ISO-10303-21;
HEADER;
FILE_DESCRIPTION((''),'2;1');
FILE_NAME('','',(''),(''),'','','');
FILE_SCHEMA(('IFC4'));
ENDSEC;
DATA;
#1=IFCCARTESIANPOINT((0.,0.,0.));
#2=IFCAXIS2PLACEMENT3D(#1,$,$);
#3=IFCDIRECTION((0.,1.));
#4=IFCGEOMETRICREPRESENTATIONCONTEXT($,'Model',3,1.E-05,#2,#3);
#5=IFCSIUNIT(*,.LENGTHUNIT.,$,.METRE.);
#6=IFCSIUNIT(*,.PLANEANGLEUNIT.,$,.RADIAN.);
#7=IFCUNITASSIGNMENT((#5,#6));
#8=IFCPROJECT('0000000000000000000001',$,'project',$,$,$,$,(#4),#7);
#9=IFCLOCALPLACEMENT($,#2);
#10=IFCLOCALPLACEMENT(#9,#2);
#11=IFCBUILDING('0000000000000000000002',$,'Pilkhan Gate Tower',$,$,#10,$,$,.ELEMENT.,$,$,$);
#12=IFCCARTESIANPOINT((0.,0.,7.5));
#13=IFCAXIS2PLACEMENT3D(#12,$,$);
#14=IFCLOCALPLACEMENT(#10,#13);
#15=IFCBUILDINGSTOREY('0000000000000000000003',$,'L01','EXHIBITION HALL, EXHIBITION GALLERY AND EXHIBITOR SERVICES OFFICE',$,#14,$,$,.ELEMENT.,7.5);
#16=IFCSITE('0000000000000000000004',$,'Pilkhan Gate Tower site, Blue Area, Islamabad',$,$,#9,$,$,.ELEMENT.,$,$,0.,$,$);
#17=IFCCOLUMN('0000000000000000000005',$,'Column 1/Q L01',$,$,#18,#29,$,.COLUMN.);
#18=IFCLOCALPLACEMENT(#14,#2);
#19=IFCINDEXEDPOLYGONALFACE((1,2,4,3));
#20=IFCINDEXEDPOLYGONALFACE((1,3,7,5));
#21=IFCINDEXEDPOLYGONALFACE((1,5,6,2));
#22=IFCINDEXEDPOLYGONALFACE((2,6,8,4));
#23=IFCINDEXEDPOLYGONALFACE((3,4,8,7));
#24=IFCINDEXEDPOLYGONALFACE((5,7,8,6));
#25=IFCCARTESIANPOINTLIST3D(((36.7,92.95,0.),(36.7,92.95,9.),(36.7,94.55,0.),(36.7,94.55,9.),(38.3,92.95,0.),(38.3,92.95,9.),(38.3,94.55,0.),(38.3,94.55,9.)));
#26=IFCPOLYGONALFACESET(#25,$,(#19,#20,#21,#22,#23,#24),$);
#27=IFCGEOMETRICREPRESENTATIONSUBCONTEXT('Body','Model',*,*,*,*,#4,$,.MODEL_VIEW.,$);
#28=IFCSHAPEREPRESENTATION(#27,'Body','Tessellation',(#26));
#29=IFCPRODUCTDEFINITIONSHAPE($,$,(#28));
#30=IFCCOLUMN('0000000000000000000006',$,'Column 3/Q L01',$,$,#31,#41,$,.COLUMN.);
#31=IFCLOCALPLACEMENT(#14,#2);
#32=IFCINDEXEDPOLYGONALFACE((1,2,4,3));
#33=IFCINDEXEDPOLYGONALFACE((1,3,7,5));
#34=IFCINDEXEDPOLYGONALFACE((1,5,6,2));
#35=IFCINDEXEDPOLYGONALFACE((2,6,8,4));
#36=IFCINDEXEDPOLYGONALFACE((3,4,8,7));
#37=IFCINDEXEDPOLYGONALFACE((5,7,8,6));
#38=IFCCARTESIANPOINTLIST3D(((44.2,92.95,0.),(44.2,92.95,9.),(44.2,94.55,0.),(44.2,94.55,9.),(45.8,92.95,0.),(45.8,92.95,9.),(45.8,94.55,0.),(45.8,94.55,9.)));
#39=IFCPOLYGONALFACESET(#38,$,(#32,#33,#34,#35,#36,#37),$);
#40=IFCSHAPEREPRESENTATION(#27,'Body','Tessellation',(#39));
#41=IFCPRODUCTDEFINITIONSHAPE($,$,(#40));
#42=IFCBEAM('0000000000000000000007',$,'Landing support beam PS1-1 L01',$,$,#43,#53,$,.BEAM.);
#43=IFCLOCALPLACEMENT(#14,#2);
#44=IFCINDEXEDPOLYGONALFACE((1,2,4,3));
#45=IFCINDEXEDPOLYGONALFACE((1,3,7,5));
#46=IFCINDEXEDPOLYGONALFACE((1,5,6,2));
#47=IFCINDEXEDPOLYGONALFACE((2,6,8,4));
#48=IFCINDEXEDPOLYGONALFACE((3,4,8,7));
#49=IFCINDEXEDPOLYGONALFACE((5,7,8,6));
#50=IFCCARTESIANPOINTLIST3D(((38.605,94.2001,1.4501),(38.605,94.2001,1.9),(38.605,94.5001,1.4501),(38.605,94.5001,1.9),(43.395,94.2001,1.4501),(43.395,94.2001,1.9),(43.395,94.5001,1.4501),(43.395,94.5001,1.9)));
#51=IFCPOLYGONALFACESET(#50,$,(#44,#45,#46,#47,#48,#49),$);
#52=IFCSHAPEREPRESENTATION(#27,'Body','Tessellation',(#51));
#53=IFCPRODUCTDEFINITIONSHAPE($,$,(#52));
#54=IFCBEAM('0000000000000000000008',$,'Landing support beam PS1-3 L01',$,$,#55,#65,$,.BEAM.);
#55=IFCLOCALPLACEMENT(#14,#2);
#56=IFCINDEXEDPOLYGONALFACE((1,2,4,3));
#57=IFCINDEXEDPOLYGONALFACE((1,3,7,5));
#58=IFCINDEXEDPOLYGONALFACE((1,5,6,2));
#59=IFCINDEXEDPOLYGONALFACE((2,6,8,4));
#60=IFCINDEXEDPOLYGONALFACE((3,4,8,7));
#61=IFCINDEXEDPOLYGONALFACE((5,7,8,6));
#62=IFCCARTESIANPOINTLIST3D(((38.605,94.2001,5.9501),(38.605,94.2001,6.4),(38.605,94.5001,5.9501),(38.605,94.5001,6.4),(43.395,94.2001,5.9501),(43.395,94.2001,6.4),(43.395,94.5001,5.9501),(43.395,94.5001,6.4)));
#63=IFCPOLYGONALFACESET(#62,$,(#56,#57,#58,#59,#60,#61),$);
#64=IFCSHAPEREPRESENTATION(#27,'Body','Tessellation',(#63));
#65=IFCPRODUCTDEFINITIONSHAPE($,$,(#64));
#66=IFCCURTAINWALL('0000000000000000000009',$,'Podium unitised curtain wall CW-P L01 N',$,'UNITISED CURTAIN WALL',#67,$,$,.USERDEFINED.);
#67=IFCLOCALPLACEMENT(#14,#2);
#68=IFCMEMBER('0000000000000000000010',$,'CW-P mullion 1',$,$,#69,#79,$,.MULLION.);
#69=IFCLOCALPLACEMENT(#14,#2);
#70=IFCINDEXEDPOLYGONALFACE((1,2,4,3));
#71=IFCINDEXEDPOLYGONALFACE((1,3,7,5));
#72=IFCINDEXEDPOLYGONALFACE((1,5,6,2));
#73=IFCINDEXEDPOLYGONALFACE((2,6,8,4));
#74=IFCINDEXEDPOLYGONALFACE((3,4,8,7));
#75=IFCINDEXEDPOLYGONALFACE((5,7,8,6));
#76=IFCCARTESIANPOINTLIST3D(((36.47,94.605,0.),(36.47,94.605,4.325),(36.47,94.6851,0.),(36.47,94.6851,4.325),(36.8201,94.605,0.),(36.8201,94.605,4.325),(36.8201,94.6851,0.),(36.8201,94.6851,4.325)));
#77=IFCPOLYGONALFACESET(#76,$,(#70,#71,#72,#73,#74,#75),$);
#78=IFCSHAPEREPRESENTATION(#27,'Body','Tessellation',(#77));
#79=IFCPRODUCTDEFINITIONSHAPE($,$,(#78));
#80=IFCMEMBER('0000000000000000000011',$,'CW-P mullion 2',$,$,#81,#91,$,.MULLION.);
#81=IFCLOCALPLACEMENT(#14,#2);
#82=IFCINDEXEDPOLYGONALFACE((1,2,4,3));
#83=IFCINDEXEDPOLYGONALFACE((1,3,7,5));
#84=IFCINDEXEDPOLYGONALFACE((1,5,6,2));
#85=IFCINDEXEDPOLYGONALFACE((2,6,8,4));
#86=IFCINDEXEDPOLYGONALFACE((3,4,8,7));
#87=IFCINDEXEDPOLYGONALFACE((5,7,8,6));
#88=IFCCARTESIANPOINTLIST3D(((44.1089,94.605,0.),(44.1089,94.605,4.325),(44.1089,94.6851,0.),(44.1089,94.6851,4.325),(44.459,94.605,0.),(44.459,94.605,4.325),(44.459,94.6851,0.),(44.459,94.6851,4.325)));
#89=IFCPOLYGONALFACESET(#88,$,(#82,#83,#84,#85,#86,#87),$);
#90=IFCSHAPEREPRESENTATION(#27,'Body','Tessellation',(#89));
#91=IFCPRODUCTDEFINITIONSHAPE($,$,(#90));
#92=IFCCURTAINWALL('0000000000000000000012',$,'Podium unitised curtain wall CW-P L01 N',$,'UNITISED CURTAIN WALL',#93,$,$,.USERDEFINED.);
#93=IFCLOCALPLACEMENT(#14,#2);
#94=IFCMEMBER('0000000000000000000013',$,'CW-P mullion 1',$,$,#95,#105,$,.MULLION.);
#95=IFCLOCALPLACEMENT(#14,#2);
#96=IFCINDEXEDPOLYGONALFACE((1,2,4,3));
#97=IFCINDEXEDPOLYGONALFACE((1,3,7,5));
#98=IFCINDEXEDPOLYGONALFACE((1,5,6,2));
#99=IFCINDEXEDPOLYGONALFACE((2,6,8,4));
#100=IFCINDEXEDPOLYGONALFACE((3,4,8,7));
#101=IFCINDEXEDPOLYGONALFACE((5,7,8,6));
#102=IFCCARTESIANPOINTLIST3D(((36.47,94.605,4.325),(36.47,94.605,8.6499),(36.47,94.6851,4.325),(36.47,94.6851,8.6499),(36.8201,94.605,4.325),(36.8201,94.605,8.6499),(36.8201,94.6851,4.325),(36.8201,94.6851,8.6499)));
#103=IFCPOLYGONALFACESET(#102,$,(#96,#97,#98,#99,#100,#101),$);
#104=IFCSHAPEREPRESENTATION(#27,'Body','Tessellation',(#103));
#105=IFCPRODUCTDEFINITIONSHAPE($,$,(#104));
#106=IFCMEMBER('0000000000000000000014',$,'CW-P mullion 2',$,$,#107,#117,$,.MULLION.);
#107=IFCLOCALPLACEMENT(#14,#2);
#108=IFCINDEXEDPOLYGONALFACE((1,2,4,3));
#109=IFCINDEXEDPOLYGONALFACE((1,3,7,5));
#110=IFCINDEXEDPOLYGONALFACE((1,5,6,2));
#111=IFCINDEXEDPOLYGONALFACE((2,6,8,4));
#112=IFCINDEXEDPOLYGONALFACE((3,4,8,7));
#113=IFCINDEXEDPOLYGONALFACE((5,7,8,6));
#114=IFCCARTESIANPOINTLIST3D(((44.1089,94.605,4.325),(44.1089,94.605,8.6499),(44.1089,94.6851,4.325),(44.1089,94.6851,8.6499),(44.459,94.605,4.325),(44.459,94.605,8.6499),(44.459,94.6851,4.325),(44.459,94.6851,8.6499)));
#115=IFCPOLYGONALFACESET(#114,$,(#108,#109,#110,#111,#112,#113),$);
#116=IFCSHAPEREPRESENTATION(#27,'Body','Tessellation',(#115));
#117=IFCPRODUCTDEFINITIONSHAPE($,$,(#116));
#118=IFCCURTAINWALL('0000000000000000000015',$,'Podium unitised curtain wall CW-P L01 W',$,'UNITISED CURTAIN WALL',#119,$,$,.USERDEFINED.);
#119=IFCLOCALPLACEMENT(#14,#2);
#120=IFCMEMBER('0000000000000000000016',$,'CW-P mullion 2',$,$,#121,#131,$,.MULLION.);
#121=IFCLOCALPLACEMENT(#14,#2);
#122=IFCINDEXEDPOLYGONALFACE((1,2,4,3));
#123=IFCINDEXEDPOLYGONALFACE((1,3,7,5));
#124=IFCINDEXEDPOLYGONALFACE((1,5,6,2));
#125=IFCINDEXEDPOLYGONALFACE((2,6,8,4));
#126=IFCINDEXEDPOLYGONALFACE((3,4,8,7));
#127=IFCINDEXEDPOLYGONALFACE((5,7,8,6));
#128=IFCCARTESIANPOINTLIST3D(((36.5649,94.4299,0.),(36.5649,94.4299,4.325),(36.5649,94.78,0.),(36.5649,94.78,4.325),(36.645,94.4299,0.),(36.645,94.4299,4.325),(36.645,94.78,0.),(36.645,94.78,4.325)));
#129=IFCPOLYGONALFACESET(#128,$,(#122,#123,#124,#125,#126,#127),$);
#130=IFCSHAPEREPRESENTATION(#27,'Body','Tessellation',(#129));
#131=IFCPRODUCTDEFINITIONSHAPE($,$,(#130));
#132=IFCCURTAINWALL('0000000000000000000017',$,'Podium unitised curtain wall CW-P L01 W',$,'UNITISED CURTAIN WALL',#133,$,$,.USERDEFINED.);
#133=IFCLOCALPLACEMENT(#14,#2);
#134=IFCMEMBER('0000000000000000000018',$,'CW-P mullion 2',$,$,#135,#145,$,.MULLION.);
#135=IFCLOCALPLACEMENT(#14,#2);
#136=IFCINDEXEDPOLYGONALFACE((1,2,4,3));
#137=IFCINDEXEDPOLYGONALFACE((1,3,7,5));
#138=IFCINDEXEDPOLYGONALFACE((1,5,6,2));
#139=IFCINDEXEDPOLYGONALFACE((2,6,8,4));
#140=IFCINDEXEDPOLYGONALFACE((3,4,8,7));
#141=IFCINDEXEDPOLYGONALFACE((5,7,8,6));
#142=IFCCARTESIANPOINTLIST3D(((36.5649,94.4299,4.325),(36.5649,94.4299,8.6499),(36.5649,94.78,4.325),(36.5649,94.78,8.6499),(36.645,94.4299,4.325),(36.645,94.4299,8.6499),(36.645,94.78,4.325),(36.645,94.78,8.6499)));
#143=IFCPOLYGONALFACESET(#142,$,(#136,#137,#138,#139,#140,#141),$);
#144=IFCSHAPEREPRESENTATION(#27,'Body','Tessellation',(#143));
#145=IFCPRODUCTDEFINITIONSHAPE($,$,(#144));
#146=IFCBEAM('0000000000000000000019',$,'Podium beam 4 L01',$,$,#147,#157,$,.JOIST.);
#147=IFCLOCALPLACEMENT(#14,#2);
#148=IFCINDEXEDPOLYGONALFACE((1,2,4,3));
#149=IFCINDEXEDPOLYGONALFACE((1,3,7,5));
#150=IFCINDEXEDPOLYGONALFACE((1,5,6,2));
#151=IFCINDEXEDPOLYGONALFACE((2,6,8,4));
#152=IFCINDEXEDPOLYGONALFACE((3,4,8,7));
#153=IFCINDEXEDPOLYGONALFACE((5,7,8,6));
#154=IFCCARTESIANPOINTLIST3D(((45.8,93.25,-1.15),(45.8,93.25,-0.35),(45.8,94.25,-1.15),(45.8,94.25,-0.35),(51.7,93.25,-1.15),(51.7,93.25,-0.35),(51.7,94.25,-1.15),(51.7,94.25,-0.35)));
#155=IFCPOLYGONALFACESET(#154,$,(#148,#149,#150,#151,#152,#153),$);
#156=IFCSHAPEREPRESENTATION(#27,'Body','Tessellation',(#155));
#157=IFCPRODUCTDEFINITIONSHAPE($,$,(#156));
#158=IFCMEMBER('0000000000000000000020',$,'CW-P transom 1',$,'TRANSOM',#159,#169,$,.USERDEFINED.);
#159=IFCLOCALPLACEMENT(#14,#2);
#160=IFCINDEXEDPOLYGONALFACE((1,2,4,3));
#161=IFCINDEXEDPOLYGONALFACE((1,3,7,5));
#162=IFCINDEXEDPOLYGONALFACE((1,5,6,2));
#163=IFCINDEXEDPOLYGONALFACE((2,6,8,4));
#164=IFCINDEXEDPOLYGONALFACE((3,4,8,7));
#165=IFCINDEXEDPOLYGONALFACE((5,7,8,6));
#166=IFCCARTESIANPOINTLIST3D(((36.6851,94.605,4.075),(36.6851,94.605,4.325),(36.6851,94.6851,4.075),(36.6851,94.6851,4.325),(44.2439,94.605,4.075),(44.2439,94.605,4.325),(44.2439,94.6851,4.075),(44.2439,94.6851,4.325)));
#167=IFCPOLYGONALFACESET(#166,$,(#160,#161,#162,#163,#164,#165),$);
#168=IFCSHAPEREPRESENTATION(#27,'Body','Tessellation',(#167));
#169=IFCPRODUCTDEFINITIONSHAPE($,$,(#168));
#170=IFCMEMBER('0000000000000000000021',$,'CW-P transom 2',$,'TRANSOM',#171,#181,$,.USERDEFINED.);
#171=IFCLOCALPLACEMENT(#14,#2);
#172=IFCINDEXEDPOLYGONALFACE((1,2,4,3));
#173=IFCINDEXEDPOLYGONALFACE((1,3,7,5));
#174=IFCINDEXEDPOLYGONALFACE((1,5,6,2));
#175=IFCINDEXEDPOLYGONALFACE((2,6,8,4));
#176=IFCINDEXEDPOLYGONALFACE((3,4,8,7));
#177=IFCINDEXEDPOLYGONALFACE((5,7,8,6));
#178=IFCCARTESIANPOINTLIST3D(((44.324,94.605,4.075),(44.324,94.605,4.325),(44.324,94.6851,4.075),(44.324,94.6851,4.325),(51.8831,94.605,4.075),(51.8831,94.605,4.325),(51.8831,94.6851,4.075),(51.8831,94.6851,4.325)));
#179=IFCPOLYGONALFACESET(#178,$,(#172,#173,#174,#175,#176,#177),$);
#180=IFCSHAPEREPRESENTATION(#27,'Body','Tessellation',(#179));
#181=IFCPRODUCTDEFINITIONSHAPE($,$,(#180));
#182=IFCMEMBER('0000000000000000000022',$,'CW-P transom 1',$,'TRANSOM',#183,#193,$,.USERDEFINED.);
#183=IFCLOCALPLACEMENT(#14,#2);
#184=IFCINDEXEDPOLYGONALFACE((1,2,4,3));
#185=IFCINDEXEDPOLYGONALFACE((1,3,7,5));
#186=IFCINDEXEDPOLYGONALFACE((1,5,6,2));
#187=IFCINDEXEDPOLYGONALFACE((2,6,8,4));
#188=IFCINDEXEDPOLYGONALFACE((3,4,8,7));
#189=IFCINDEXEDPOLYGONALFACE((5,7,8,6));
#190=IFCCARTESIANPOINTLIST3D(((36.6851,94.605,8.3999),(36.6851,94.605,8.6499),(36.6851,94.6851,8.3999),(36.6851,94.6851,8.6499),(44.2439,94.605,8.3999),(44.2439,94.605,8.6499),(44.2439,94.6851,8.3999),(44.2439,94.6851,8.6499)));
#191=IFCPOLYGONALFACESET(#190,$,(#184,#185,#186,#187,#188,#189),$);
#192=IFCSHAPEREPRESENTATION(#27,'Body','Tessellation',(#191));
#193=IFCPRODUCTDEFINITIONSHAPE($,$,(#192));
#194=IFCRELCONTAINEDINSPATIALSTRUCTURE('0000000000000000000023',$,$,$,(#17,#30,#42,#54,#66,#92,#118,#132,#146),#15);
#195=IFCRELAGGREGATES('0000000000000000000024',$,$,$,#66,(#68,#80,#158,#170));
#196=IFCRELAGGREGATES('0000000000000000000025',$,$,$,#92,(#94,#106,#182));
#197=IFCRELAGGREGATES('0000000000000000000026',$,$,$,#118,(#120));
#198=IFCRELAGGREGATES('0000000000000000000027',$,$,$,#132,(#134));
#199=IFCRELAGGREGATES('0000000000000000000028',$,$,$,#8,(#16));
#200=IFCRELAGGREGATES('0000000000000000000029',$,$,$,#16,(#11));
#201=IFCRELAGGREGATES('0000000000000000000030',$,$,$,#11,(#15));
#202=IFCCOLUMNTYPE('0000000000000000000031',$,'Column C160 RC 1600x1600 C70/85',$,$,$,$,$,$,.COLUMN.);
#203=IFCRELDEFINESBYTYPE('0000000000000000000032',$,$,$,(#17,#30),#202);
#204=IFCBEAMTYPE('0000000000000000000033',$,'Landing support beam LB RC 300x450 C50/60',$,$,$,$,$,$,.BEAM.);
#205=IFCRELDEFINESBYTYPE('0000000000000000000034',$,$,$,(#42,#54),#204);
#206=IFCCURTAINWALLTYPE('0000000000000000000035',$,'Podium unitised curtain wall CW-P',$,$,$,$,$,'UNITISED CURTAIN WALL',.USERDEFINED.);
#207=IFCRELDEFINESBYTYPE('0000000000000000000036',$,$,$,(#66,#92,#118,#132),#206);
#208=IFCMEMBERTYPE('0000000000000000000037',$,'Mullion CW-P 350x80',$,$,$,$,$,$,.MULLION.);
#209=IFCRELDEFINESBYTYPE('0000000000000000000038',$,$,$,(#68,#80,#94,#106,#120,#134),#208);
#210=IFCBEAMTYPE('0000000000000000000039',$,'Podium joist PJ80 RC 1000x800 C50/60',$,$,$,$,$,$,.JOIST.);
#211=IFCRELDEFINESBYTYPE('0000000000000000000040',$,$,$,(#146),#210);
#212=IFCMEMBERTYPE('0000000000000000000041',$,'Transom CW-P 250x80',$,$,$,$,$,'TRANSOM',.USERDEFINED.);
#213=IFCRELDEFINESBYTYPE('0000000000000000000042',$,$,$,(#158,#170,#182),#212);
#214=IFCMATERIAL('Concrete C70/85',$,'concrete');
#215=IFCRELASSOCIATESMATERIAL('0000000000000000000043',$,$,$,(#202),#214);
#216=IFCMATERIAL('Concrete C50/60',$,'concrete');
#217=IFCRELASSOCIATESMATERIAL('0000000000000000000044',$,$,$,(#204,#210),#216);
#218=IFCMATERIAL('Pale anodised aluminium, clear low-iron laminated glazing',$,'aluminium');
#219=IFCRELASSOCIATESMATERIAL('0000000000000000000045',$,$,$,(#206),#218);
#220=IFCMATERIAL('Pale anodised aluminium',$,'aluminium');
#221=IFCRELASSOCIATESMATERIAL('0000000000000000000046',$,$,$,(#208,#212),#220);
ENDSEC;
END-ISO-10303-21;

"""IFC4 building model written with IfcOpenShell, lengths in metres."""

from ifc_helpers import new_model, si_unit, direction, frame, origin, origin_2d, place, context, subcontext, project, spatial, rectangle, extrude, material, material_profile, profile_set, type_object, element, aggregate, save


model = new_model("IFC4")

# Units and contexts
model_context = context("Model", 3, precision=1e-05, world=origin(), true_north=direction((0.0, 1.0)))
body_context = subcontext(model_context, "Body", "Model", "MODEL_VIEW")
ifc_project = project(units=[si_unit("LENGTHUNIT", "METRE"), si_unit("PLANEANGLEUNIT", "RADIAN")], contexts=[model_context])

# Site, building, storey
site_placement = place(None, origin())
site = spatial("IfcSite", under=ifc_project, at=site_placement, Name="Pilkhan Gate Tower site, Blue Area, Islamabad", CompositionType="ELEMENT", RefElevation=0.0)
building_placement = place(site_placement, origin())
building = spatial("IfcBuilding", under=site, at=building_placement, Name="Pilkhan Gate Tower", CompositionType="ELEMENT")
storey_placement = place(building_placement, frame((0.0, 0.0, 7.5)))
storey = spatial("IfcBuildingStorey", under=building, at=storey_placement, Name="L01", Description="EXHIBITION HALL, EXHIBITION GALLERY AND EXHIBITOR SERVICES OFFICE", CompositionType="ELEMENT", Elevation=7.5)

# Columns
ifc_material_1 = material(Name="Concrete C70/85", Category="concrete")
ifc_material_profile_1 = material_profile(ifc_material_1, rectangle(XDim=1.6001, YDim=1.6001, at=origin_2d()), Name="RC 1600x1600")
ifc_profile_set_1 = profile_set([ifc_material_profile_1], Name="Concrete C70/85")
column_type = type_object("IfcColumnType", Name="Column C160 RC 1600x1600 C70/85", PredefinedType="COLUMN", material=ifc_profile_set_1)
for number, where, z_axis, x_axis, name in (
    (1, (37.5, 93.75, 0.0), (0.0, 0.0, 1.0), (1.0, 0.0, 0.0), "Column 1/Q L01"),
    (2, (45.0, 93.75, 0.0), (0.0, 0.0, 1.0), (1.0, 0.0, 0.0), "Column 3/Q L01"),
):
    element("IfcColumn", number, at=place(storey_placement, frame(where, z_axis=z_axis, x_axis=x_axis)), inside=storey, type_object=column_type, Name=name, PredefinedType="COLUMN", context=body_context, shape_type="SweptSolid", body=[
        extrude(rectangle(XDim=1.6001, YDim=1.6001, at=origin_2d()), origin(), (0.0, 0.0, 1.0), 9.0),
    ])

# Beams
ifc_material_2 = material(Name="Concrete C50/60", Category="concrete")
ifc_material_profile_2 = material_profile(ifc_material_2, rectangle(XDim=0.3, YDim=0.45, at=origin_2d()), Name="RC 300x450")
ifc_profile_set_2 = profile_set([ifc_material_profile_2], Name="Concrete C50/60")
beam_type_1 = type_object("IfcBeamType", Name="Landing support beam LB RC 300x450 C50/60", PredefinedType="BEAM", material=ifc_profile_set_2)
for number, where, z_axis, x_axis, name in (
    (3, (38.605, 94.3501, 1.675), (1.0, 0.0, 0.0), (0.0, 1.0, 0.0), "Landing support beam PS1-1 L01"),
    (4, (38.605, 94.3501, 6.175), (1.0, 0.0, 0.0), (0.0, 1.0, 0.0), "Landing support beam PS1-3 L01"),
):
    element("IfcBeam", number, at=place(storey_placement, frame(where, z_axis=z_axis, x_axis=x_axis)), inside=storey, type_object=beam_type_1, Name=name, PredefinedType="BEAM", context=body_context, shape_type="SweptSolid", body=[
        extrude(rectangle(XDim=0.3, YDim=0.45, at=origin_2d()), origin(), (0.0, 0.0, 1.0), 4.79),
    ])

# Curtain walls, members
ifc_material_3 = material(Name="Pale anodised aluminium, clear low-iron laminated glazing", Category="aluminium")
curtain_wall_type = type_object("IfcCurtainWallType", Name="Podium unitised curtain wall CW-P", ElementType="UNITISED CURTAIN WALL", PredefinedType="USERDEFINED", material=ifc_material_3)
curtain_wall_1_placement = place(storey_placement, origin())
curtain_wall_1 = element("IfcCurtainWall", 5, at=curtain_wall_1_placement, inside=storey, type_object=curtain_wall_type, Name="Podium unitised curtain wall CW-P L01 N", ObjectType="UNITISED CURTAIN WALL", PredefinedType="USERDEFINED")
ifc_material_4 = material(Name="Pale anodised aluminium", Category="aluminium")
ifc_material_profile_3 = material_profile(ifc_material_4, rectangle(XDim=0.0801, YDim=0.3501, at=origin_2d()), Name="Mullion 350x80")
ifc_profile_set_3 = profile_set([ifc_material_profile_3], Name="Pale anodised aluminium")
member_type_1 = type_object("IfcMemberType", Name="Mullion CW-P 350x80", PredefinedType="MULLION", material=ifc_profile_set_3)
member_1_placement = place(storey_placement, frame((36.645, 94.645, 0.0), z_axis=(0.0, 0.0, 1.0), x_axis=(0.0, 1.0, 0.0)))
member_1 = element("IfcMember", 6, at=member_1_placement, type_object=member_type_1, Name="CW-P mullion 1", PredefinedType="MULLION", context=body_context, shape_type="SweptSolid", body=[
    extrude(rectangle(XDim=0.0801, YDim=0.3501, at=origin_2d()), origin(), (0.0, 0.0, 1.0), 4.325),
])
member_2_placement = place(storey_placement, frame((44.2839, 94.645, 0.0), z_axis=(0.0, 0.0, 1.0), x_axis=(0.0, 1.0, 0.0)))
member_2 = element("IfcMember", 7, at=member_2_placement, type_object=member_type_1, Name="CW-P mullion 2", PredefinedType="MULLION", context=body_context, shape_type="SweptSolid", body=[
    extrude(rectangle(XDim=0.0801, YDim=0.3501, at=origin_2d()), origin(), (0.0, 0.0, 1.0), 4.325),
])
curtain_wall_2_placement = place(storey_placement, origin())
curtain_wall_2 = element("IfcCurtainWall", 8, at=curtain_wall_2_placement, inside=storey, type_object=curtain_wall_type, Name="Podium unitised curtain wall CW-P L01 N", ObjectType="UNITISED CURTAIN WALL", PredefinedType="USERDEFINED")
member_3_placement = place(storey_placement, frame((36.645, 94.645, 4.325), z_axis=(0.0, 0.0, 1.0), x_axis=(0.0, 1.0, 0.0)))
member_3 = element("IfcMember", 9, at=member_3_placement, type_object=member_type_1, Name="CW-P mullion 1", PredefinedType="MULLION", context=body_context, shape_type="SweptSolid", body=[
    extrude(rectangle(XDim=0.0801, YDim=0.3501, at=origin_2d()), origin(), (0.0, 0.0, 1.0), 4.325),
])
member_4_placement = place(storey_placement, frame((44.2839, 94.645, 4.325), z_axis=(0.0, 0.0, 1.0), x_axis=(0.0, 1.0, 0.0)))
member_4 = element("IfcMember", 10, at=member_4_placement, type_object=member_type_1, Name="CW-P mullion 2", PredefinedType="MULLION", context=body_context, shape_type="SweptSolid", body=[
    extrude(rectangle(XDim=0.0801, YDim=0.3501, at=origin_2d()), origin(), (0.0, 0.0, 1.0), 4.325),
])

# Curtain walls, members
curtain_wall_3_placement = place(storey_placement, origin())
curtain_wall_3 = element("IfcCurtainWall", 11, at=curtain_wall_3_placement, inside=storey, type_object=curtain_wall_type, Name="Podium unitised curtain wall CW-P L01 W", ObjectType="UNITISED CURTAIN WALL", PredefinedType="USERDEFINED")
member_5_placement = place(storey_placement, frame((36.605, 94.605, 0.0), z_axis=(0.0, 0.0, 1.0), x_axis=(-1.0, 0.0, 0.0)))
member_5 = element("IfcMember", 12, at=member_5_placement, type_object=member_type_1, Name="CW-P mullion 2", PredefinedType="MULLION", context=body_context, shape_type="SweptSolid", body=[
    extrude(rectangle(XDim=0.0801, YDim=0.3501, at=origin_2d()), origin(), (0.0, 0.0, 1.0), 4.325),
])
curtain_wall_4_placement = place(storey_placement, origin())
curtain_wall_4 = element("IfcCurtainWall", 13, at=curtain_wall_4_placement, inside=storey, type_object=curtain_wall_type, Name="Podium unitised curtain wall CW-P L01 W", ObjectType="UNITISED CURTAIN WALL", PredefinedType="USERDEFINED")
member_6_placement = place(storey_placement, frame((36.605, 94.605, 4.325), z_axis=(0.0, 0.0, 1.0), x_axis=(-1.0, 0.0, 0.0)))
member_6 = element("IfcMember", 14, at=member_6_placement, type_object=member_type_1, Name="CW-P mullion 2", PredefinedType="MULLION", context=body_context, shape_type="SweptSolid", body=[
    extrude(rectangle(XDim=0.0801, YDim=0.3501, at=origin_2d()), origin(), (0.0, 0.0, 1.0), 4.325),
])

# Beam
ifc_material_profile_4 = material_profile(ifc_material_2, rectangle(XDim=1.0, YDim=0.8, at=origin_2d()), Name="RC 1000x800")
ifc_profile_set_4 = profile_set([ifc_material_profile_4], Name="Concrete C50/60")
beam_type_2 = type_object("IfcBeamType", Name="Podium joist PJ80 RC 1000x800 C50/60", PredefinedType="JOIST", material=ifc_profile_set_4)
beam_placement = place(storey_placement, frame((45.8, 93.75, -0.75), z_axis=(1.0, 0.0, 0.0), x_axis=(0.0, 1.0, 0.0)))
element("IfcBeam", 15, at=beam_placement, inside=storey, type_object=beam_type_2, Name="Podium beam 4 L01", PredefinedType="JOIST", context=body_context, shape_type="SweptSolid", body=[
    extrude(rectangle(XDim=1.0, YDim=0.8, at=origin_2d()), origin(), (0.0, 0.0, 1.0), 5.8999),
])

# Members
ifc_material_profile_5 = material_profile(ifc_material_4, rectangle(XDim=0.0801, YDim=0.25, at=origin_2d()), Name="Transom 250x80")
ifc_profile_set_5 = profile_set([ifc_material_profile_5], Name="Pale anodised aluminium")
member_type_2 = type_object("IfcMemberType", Name="Transom CW-P 250x80", ElementType="TRANSOM", PredefinedType="USERDEFINED", material=ifc_profile_set_5)
member_7_placement = place(storey_placement, frame((36.6851, 94.645, 4.2), z_axis=(1.0, 0.0, 0.0), x_axis=(0.0, 1.0, 0.0)))
member_7 = element("IfcMember", 16, at=member_7_placement, type_object=member_type_2, Name="CW-P transom 1", ObjectType="TRANSOM", PredefinedType="USERDEFINED", context=body_context, shape_type="SweptSolid", body=[
    extrude(rectangle(XDim=0.0801, YDim=0.25, at=origin_2d()), origin(), (0.0, 0.0, 1.0), 7.5588),
])
member_8_placement = place(storey_placement, frame((44.324, 94.645, 4.2), z_axis=(1.0, 0.0, 0.0), x_axis=(0.0, 1.0, 0.0)))
member_8 = element("IfcMember", 17, at=member_8_placement, type_object=member_type_2, Name="CW-P transom 2", ObjectType="TRANSOM", PredefinedType="USERDEFINED", context=body_context, shape_type="SweptSolid", body=[
    extrude(rectangle(XDim=0.0801, YDim=0.25, at=origin_2d()), origin(), (0.0, 0.0, 1.0), 7.5591),
])
member_9_placement = place(storey_placement, frame((36.6851, 94.645, 8.5249), z_axis=(1.0, 0.0, 0.0), x_axis=(0.0, 1.0, 0.0)))
member_9 = element("IfcMember", 18, at=member_9_placement, type_object=member_type_2, Name="CW-P transom 1", ObjectType="TRANSOM", PredefinedType="USERDEFINED", context=body_context, shape_type="SweptSolid", body=[
    extrude(rectangle(XDim=0.0801, YDim=0.25, at=origin_2d()), origin(), (0.0, 0.0, 1.0), 7.5588),
])

aggregate(curtain_wall_1, [member_1, member_2, member_7, member_8])
aggregate(curtain_wall_2, [member_3, member_4, member_9])
aggregate(curtain_wall_3, [member_5])
aggregate(curtain_wall_4, [member_6])

save(model, "model.ifc")
